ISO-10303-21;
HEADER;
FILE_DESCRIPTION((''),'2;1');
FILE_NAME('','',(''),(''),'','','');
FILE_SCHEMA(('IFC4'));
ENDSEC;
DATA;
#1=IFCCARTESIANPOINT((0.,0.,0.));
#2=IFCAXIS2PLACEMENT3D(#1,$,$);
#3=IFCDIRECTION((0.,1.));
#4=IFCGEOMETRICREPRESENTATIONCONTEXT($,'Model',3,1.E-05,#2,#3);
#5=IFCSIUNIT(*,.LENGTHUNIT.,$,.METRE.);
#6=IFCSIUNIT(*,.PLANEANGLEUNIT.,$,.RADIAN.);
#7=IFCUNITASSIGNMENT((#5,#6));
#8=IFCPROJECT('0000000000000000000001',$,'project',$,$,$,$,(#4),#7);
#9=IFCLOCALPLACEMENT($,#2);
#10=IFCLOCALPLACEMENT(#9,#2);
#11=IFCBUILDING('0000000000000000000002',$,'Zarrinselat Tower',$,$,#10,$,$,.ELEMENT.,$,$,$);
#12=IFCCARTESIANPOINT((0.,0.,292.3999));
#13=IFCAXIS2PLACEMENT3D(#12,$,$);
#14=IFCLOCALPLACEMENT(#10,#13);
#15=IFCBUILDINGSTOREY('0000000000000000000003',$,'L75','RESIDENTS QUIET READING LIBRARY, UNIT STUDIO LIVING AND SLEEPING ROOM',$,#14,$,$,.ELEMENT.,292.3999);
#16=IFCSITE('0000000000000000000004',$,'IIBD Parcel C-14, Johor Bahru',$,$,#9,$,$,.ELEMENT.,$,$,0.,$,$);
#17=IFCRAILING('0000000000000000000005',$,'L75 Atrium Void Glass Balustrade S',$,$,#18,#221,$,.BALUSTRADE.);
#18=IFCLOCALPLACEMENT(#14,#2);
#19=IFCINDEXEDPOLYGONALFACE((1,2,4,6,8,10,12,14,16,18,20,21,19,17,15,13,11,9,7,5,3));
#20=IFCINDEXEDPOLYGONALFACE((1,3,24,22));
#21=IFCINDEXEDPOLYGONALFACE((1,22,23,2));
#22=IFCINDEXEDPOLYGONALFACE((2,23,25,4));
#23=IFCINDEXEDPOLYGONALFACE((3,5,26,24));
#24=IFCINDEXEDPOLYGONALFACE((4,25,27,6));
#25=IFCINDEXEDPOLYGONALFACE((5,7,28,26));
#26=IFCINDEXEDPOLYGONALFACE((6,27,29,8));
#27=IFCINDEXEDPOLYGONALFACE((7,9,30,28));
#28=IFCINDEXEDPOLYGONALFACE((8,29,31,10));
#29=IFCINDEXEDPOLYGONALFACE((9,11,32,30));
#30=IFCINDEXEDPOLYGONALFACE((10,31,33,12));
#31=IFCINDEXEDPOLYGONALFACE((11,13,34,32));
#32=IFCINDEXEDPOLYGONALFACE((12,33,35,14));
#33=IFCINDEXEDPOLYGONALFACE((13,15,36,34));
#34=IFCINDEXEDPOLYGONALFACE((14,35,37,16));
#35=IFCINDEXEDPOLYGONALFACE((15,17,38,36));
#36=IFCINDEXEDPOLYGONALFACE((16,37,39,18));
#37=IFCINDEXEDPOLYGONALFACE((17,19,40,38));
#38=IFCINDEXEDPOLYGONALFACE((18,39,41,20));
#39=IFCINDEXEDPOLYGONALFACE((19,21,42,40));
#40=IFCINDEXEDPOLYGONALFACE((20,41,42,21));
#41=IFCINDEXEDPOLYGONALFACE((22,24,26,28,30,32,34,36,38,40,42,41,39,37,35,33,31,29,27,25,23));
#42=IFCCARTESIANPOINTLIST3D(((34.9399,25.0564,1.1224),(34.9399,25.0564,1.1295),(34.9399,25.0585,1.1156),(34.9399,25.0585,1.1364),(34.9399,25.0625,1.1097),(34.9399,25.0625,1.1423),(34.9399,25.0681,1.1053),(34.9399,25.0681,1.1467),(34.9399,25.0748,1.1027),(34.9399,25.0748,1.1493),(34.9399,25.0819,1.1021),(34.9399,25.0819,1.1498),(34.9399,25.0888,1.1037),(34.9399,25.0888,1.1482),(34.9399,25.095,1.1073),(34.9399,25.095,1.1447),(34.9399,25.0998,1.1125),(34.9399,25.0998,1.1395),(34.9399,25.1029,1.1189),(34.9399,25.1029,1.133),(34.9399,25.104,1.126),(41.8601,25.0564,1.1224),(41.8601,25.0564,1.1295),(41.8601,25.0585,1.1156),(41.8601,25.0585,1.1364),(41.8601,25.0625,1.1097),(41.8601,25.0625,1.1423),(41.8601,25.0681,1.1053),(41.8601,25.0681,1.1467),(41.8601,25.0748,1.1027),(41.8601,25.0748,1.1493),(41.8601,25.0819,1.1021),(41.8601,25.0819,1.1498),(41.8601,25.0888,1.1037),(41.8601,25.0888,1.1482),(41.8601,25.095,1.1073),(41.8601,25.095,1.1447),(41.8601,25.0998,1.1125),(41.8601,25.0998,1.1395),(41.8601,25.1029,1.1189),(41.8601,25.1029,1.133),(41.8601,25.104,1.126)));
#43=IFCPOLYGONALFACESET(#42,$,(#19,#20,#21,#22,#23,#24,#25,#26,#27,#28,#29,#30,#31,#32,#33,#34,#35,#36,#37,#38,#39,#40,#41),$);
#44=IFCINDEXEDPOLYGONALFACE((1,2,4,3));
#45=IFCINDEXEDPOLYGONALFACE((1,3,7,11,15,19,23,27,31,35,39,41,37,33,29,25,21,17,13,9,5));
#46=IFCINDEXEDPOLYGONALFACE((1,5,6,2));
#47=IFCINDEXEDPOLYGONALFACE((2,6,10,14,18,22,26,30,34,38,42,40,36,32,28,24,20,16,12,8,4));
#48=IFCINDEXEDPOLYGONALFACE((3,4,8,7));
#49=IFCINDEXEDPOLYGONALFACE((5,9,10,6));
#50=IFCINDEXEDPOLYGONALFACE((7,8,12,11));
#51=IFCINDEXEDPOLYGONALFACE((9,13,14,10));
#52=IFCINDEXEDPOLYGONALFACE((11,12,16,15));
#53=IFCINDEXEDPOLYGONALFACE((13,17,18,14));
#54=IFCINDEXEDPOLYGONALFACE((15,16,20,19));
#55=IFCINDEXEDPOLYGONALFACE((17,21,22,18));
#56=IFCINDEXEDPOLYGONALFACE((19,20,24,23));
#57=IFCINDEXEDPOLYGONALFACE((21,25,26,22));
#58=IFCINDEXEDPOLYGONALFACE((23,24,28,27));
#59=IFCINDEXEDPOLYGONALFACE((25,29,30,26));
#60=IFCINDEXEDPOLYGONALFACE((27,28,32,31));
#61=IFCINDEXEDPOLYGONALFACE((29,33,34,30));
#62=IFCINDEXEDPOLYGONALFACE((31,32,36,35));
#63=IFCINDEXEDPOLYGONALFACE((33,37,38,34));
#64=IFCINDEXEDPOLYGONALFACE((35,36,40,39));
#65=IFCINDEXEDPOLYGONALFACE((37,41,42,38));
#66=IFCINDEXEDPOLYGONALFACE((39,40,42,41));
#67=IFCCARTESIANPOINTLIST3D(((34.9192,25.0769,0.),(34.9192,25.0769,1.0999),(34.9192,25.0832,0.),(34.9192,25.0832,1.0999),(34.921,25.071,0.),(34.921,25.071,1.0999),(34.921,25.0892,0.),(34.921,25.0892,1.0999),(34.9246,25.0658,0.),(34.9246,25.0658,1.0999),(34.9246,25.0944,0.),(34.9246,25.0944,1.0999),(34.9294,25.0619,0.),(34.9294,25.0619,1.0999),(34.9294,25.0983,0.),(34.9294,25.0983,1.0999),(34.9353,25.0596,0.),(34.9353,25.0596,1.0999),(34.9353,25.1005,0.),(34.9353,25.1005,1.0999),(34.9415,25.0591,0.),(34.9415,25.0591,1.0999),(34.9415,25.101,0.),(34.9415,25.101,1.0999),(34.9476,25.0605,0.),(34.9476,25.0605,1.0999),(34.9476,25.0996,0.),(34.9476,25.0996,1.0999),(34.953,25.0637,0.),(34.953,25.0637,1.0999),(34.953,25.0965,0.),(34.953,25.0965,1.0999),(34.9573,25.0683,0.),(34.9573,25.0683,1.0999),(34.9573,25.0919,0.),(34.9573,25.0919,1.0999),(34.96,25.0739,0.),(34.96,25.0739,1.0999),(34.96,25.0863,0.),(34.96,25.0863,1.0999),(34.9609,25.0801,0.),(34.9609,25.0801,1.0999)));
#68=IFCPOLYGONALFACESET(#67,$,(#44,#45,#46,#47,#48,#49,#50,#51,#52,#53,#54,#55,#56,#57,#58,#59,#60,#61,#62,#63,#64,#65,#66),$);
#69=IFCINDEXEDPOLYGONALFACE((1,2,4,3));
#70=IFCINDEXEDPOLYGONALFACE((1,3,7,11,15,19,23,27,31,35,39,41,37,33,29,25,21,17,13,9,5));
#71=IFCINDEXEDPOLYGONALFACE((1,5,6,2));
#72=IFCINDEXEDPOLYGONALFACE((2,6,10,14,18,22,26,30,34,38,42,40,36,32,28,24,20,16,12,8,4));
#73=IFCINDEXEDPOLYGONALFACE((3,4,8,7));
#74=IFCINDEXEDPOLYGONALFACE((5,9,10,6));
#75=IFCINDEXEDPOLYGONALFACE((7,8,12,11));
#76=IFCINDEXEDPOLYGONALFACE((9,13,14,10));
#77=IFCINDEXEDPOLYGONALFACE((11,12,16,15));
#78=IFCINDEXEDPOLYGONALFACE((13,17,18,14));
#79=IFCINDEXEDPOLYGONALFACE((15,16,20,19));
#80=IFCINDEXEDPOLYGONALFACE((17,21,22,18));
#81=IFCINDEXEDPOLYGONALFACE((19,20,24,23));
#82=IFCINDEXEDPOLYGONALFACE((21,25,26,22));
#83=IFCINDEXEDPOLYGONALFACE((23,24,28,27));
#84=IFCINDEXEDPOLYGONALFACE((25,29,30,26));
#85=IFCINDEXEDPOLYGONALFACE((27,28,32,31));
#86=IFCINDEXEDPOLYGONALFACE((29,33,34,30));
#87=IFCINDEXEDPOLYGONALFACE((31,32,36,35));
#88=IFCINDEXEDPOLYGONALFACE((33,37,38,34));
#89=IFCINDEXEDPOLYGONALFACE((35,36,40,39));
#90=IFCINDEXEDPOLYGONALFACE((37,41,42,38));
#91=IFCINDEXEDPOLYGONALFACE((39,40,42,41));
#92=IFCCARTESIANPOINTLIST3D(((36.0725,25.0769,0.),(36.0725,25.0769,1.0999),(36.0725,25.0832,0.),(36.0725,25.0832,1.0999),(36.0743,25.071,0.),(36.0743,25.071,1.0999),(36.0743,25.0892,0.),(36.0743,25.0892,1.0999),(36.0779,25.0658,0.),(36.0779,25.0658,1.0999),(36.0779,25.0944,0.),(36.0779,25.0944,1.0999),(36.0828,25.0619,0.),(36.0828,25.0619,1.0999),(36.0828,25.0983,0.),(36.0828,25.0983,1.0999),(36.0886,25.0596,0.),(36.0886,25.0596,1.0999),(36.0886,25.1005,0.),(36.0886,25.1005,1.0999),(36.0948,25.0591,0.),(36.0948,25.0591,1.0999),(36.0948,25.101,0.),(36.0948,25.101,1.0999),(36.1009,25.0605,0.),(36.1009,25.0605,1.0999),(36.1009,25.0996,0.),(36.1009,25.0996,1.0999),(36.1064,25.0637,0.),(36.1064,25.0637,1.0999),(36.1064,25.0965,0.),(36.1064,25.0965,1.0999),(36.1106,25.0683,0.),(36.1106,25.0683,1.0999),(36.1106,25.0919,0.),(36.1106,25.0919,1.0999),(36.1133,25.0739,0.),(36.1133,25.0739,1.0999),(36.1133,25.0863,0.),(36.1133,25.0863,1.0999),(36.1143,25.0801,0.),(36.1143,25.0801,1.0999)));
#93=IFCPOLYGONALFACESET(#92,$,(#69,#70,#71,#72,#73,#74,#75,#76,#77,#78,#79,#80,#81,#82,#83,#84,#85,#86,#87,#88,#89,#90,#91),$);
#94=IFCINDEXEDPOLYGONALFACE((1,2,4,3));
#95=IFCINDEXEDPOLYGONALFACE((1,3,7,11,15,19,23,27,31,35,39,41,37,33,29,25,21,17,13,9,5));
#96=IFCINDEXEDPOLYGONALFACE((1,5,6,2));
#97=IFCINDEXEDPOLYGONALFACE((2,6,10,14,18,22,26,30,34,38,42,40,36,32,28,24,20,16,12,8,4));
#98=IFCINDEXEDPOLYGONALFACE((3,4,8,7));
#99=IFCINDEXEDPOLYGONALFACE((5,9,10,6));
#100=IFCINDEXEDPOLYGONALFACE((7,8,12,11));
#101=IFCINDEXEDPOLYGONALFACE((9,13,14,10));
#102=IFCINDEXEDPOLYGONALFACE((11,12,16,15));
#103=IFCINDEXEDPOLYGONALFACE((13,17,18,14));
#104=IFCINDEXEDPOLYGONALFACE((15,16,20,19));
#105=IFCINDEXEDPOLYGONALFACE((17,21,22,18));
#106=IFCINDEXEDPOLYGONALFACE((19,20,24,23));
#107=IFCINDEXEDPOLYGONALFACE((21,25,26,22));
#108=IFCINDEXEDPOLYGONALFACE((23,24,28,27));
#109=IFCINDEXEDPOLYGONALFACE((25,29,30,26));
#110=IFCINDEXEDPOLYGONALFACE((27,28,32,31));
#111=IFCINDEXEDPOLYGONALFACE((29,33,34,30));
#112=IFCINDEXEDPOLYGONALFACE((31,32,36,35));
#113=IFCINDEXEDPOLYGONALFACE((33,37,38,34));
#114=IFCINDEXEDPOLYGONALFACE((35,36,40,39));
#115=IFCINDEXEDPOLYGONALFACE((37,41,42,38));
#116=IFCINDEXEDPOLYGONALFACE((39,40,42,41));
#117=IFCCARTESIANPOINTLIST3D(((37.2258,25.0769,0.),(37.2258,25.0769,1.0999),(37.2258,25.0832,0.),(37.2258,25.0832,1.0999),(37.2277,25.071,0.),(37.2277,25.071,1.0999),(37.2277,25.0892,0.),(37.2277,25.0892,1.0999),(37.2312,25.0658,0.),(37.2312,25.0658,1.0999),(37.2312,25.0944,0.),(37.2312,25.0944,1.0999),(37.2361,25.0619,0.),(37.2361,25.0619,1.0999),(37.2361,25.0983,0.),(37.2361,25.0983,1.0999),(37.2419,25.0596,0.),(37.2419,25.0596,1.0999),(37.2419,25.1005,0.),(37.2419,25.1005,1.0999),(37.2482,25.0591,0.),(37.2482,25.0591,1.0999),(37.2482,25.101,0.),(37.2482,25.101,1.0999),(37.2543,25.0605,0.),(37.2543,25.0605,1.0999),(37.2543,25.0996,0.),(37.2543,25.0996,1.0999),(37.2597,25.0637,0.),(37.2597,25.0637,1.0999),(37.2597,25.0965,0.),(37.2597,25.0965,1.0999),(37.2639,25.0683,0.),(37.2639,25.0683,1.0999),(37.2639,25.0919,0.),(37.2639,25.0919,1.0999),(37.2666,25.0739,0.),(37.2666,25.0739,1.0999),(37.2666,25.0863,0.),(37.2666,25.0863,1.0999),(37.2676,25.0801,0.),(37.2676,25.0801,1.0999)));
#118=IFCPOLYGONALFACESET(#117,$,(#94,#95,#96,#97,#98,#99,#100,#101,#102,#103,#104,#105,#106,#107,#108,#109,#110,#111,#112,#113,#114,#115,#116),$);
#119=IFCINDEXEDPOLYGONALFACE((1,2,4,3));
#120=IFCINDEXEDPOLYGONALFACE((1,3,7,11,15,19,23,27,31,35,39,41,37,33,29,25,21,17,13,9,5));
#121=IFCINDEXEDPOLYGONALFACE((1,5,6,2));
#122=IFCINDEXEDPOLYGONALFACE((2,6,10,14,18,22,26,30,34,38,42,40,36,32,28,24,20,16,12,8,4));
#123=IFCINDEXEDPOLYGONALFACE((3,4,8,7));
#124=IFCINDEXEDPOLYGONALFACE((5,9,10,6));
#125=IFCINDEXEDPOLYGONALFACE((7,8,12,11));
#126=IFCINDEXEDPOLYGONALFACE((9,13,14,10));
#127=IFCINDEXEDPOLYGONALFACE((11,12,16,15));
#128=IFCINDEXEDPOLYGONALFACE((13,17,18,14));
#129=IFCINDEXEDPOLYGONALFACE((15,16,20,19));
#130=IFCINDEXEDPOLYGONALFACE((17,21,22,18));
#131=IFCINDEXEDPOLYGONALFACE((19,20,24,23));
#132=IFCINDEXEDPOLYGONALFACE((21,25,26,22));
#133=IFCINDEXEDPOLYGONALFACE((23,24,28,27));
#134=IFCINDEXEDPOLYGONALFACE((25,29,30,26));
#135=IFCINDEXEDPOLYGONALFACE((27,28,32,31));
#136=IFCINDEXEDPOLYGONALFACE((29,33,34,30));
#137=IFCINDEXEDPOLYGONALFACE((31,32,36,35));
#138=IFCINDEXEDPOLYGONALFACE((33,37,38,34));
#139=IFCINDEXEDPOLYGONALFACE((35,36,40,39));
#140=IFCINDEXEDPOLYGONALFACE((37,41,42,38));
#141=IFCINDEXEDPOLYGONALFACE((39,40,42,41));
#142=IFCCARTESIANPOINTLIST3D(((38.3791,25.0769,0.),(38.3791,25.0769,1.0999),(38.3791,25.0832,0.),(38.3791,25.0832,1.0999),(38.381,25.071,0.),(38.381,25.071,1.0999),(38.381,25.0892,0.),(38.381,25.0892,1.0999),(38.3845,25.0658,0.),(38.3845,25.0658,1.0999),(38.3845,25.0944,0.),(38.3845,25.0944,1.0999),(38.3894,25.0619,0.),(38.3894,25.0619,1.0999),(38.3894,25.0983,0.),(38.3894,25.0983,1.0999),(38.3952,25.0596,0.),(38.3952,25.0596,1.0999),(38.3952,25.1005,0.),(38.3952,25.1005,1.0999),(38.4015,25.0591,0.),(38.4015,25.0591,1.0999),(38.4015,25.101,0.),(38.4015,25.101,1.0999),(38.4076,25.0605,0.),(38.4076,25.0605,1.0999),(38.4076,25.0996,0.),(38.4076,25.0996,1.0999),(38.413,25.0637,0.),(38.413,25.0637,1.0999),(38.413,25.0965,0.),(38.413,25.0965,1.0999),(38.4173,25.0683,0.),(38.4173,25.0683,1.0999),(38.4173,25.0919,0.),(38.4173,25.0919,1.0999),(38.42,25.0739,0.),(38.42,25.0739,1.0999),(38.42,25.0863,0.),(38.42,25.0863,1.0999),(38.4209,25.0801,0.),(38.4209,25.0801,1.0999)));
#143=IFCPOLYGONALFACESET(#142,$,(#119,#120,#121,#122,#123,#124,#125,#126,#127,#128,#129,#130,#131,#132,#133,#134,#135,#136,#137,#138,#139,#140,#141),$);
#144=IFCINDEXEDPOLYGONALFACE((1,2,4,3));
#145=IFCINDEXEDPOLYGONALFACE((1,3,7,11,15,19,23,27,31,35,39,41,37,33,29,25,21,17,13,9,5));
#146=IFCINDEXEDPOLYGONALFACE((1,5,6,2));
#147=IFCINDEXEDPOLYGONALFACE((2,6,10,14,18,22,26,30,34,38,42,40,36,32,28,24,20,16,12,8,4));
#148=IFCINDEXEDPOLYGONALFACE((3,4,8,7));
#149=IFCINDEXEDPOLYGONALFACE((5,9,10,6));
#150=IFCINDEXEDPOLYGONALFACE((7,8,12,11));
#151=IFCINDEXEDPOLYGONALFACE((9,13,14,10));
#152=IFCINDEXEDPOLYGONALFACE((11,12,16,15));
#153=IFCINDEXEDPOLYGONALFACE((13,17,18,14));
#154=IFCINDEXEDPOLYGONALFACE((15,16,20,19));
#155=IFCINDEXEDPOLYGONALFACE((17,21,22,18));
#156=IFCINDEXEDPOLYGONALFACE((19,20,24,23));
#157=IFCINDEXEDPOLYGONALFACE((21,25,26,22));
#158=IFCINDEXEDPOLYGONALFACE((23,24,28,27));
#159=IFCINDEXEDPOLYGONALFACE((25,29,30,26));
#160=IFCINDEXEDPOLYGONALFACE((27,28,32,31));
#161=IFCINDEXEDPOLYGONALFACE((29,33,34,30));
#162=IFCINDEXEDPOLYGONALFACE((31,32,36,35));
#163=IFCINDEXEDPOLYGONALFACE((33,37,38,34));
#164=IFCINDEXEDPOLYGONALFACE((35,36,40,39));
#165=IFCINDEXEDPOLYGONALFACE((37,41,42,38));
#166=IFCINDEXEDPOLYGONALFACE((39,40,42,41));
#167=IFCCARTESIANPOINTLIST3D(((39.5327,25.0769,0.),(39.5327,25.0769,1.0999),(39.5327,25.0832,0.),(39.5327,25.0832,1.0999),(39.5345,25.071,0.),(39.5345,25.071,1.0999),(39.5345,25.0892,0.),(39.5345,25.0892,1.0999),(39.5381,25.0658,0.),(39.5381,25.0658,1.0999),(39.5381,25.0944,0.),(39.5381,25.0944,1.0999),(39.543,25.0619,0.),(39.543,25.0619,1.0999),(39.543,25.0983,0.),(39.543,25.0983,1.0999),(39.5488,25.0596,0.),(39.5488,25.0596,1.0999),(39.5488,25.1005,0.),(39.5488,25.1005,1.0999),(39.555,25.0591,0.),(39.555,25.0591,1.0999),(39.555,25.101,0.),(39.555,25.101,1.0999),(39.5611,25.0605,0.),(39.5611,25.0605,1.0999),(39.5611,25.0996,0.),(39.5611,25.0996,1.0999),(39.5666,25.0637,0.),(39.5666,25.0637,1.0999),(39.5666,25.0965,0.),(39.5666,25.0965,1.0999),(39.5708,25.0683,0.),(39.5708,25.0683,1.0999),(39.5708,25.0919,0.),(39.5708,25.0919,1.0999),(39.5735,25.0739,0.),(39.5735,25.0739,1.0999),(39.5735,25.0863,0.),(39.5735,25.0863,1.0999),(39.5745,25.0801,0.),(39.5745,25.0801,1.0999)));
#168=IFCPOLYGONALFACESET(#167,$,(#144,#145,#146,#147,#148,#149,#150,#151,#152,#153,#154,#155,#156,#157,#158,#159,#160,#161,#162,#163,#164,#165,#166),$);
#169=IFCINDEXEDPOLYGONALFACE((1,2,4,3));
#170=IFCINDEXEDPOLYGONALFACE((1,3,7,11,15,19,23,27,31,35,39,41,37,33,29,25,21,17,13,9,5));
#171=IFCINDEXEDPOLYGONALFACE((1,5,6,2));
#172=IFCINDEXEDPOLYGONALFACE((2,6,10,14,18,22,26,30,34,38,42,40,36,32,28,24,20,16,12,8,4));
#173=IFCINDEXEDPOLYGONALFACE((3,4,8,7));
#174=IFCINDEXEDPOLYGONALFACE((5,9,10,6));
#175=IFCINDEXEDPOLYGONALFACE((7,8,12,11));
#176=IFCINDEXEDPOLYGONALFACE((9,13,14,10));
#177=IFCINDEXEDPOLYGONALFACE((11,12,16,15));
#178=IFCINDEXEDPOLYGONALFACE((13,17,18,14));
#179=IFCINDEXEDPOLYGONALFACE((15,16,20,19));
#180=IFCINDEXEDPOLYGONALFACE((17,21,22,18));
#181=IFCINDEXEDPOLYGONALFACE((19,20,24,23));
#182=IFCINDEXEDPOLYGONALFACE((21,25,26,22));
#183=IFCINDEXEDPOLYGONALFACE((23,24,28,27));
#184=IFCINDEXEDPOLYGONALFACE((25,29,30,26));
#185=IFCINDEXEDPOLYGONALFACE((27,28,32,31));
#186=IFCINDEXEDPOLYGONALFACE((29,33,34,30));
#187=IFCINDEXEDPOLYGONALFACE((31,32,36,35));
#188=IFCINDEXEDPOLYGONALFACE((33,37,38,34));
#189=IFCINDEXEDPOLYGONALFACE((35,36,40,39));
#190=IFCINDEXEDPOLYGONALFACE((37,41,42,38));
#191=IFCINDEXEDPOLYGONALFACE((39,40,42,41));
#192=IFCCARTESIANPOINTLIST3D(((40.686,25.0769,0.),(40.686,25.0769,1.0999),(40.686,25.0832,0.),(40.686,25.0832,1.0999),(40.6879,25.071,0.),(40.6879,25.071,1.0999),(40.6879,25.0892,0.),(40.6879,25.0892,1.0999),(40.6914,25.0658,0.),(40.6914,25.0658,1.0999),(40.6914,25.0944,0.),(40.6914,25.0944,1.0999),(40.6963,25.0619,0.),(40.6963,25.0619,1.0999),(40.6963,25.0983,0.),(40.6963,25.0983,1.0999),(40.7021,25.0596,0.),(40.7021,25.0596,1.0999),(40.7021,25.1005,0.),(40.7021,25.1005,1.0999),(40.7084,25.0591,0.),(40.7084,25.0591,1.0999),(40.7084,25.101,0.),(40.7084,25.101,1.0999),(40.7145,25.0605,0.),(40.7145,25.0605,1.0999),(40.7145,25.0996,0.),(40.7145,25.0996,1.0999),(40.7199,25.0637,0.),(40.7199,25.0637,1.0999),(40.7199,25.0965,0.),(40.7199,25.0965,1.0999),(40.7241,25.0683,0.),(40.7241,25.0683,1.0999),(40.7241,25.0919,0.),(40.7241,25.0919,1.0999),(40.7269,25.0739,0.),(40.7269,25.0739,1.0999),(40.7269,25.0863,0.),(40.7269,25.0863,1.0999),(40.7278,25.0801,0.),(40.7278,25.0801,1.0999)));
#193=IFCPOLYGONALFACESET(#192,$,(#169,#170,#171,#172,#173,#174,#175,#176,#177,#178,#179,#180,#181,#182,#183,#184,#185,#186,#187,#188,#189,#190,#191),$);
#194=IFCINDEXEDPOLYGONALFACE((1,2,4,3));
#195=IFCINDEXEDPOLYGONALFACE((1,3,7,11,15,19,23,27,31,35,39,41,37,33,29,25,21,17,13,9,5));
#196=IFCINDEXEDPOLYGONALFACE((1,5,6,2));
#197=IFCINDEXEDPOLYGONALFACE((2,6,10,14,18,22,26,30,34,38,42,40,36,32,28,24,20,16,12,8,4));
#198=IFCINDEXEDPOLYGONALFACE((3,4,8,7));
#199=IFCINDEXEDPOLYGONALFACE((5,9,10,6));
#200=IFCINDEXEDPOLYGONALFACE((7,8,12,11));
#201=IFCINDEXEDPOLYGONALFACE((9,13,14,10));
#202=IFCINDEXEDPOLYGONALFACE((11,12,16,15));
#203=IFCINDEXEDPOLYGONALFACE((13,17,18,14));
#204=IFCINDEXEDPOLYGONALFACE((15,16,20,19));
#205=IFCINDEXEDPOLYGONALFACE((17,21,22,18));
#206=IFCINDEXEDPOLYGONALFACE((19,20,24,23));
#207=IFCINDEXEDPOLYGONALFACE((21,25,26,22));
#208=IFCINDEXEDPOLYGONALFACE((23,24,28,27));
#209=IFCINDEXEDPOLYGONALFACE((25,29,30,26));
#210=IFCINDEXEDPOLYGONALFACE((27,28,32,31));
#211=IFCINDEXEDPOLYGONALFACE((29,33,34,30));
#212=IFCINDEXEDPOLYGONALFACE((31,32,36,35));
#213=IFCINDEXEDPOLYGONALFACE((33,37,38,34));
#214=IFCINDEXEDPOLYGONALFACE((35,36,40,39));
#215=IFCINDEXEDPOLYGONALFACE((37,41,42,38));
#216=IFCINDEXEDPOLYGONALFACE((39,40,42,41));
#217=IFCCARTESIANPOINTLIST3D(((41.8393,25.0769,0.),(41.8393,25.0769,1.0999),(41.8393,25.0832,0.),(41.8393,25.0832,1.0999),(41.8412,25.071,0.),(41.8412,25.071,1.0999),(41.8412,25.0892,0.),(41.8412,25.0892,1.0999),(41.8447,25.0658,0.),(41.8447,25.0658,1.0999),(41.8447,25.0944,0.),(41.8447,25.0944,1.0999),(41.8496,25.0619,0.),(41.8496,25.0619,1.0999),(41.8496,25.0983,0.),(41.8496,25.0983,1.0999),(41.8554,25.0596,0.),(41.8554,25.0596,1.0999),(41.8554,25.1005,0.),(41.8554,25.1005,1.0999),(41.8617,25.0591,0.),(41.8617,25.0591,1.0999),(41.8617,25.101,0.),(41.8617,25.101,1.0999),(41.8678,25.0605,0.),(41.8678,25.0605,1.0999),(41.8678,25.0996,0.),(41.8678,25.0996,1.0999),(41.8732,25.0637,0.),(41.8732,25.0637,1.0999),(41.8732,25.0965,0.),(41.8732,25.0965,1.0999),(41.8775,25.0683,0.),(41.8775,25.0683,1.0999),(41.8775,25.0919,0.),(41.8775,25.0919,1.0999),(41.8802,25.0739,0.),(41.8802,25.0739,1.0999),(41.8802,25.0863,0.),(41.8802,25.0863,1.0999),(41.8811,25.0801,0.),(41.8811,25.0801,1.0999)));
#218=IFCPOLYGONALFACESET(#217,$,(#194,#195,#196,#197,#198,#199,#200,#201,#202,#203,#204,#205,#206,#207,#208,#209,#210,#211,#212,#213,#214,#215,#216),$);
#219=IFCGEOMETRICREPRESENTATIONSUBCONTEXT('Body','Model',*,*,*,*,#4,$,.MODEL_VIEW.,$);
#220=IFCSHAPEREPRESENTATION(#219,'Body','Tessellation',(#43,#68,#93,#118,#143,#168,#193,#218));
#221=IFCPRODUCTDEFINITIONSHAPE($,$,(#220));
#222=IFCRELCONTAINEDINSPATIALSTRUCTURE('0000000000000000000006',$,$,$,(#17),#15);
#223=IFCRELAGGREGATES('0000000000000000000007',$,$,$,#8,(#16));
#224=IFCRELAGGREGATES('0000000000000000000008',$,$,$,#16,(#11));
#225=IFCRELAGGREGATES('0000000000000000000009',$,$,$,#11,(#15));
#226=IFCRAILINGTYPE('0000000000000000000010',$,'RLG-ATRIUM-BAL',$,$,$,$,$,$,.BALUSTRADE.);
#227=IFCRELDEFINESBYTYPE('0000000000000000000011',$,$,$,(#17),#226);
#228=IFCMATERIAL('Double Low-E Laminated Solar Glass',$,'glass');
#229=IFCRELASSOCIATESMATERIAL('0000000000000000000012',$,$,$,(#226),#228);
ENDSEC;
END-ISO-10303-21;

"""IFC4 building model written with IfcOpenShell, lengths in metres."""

from ifc_helpers import new_model, si_unit, direction, frame, origin, origin_2d, place, context, subcontext, project, spatial, circle, extrude, material, type_object, element, save


model = new_model("IFC4")

# Units and contexts
model_context = context("Model", 3, precision=1e-05, world=origin(), true_north=direction((0.0, 1.0)))
body_context = subcontext(model_context, "Body", "Model", "MODEL_VIEW")
ifc_project = project(units=[si_unit("LENGTHUNIT", "METRE"), si_unit("PLANEANGLEUNIT", "RADIAN")], contexts=[model_context])

# Site, building, storey
site_placement = place(None, origin())
site = spatial("IfcSite", under=ifc_project, at=site_placement, Name="IIBD Parcel C-14, Johor Bahru", CompositionType="ELEMENT", RefElevation=0.0)
building_placement = place(site_placement, origin())
building = spatial("IfcBuilding", under=site, at=building_placement, Name="Zarrinselat Tower", CompositionType="ELEMENT")
storey_placement = place(building_placement, frame((0.0, 0.0, 292.3999)))
storey = spatial("IfcBuildingStorey", under=building, at=storey_placement, Name="L75", Description="RESIDENTS QUIET READING LIBRARY, UNIT STUDIO LIVING AND SLEEPING ROOM", CompositionType="ELEMENT", Elevation=292.3999)

# Railing
ifc_material_1 = material(Name="Double Low-E Laminated Solar Glass", Category="glass")
railing_type = type_object("IfcRailingType", Name="RLG-ATRIUM-BAL", PredefinedType="BALUSTRADE", material=ifc_material_1)
railing_1_placement = place(storey_placement, frame((34.9399, 25.0801, 0.0)))
element("IfcRailing", 1, at=railing_1_placement, inside=storey, type_object=railing_type, Name="L75 Atrium Void Glass Balustrade S", PredefinedType="BALUSTRADE", context=body_context, shape_type="SweptSolid", body=[
    extrude(circle(Radius=0.0239, at=origin_2d()), frame((0.0, 0.0, 1.126), z_axis=(1.0, 0.0, 0.0), x_axis=(0.0, 1.0, 0.0)), (0.0, 0.0, 1.0), 6.9202),
    extrude(circle(Radius=0.021, at=origin_2d()), origin(), (0.0, 0.0, 1.0), 1.0999),
    extrude(circle(Radius=0.021, at=origin_2d()), frame((1.1533, 0.0, 0.0)), (0.0, 0.0, 1.0), 1.0999),
    extrude(circle(Radius=0.021, at=origin_2d()), frame((2.3066, 0.0, 0.0)), (0.0, 0.0, 1.0), 1.0999),
    extrude(circle(Radius=0.021, at=origin_2d()), frame((3.46, 0.0, 0.0)), (0.0, 0.0, 1.0), 1.0999),
    extrude(circle(Radius=0.021, at=origin_2d()), frame((4.6135, 0.0, 0.0)), (0.0, 0.0, 1.0), 1.0999),
    extrude(circle(Radius=0.021, at=origin_2d()), frame((5.7668, 0.0, 0.0)), (0.0, 0.0, 1.0), 1.0999),
    extrude(circle(Radius=0.021, at=origin_2d()), frame((6.9202, 0.0, 0.0)), (0.0, 0.0, 1.0), 1.0999),
])

save(model, "model.ifc")
